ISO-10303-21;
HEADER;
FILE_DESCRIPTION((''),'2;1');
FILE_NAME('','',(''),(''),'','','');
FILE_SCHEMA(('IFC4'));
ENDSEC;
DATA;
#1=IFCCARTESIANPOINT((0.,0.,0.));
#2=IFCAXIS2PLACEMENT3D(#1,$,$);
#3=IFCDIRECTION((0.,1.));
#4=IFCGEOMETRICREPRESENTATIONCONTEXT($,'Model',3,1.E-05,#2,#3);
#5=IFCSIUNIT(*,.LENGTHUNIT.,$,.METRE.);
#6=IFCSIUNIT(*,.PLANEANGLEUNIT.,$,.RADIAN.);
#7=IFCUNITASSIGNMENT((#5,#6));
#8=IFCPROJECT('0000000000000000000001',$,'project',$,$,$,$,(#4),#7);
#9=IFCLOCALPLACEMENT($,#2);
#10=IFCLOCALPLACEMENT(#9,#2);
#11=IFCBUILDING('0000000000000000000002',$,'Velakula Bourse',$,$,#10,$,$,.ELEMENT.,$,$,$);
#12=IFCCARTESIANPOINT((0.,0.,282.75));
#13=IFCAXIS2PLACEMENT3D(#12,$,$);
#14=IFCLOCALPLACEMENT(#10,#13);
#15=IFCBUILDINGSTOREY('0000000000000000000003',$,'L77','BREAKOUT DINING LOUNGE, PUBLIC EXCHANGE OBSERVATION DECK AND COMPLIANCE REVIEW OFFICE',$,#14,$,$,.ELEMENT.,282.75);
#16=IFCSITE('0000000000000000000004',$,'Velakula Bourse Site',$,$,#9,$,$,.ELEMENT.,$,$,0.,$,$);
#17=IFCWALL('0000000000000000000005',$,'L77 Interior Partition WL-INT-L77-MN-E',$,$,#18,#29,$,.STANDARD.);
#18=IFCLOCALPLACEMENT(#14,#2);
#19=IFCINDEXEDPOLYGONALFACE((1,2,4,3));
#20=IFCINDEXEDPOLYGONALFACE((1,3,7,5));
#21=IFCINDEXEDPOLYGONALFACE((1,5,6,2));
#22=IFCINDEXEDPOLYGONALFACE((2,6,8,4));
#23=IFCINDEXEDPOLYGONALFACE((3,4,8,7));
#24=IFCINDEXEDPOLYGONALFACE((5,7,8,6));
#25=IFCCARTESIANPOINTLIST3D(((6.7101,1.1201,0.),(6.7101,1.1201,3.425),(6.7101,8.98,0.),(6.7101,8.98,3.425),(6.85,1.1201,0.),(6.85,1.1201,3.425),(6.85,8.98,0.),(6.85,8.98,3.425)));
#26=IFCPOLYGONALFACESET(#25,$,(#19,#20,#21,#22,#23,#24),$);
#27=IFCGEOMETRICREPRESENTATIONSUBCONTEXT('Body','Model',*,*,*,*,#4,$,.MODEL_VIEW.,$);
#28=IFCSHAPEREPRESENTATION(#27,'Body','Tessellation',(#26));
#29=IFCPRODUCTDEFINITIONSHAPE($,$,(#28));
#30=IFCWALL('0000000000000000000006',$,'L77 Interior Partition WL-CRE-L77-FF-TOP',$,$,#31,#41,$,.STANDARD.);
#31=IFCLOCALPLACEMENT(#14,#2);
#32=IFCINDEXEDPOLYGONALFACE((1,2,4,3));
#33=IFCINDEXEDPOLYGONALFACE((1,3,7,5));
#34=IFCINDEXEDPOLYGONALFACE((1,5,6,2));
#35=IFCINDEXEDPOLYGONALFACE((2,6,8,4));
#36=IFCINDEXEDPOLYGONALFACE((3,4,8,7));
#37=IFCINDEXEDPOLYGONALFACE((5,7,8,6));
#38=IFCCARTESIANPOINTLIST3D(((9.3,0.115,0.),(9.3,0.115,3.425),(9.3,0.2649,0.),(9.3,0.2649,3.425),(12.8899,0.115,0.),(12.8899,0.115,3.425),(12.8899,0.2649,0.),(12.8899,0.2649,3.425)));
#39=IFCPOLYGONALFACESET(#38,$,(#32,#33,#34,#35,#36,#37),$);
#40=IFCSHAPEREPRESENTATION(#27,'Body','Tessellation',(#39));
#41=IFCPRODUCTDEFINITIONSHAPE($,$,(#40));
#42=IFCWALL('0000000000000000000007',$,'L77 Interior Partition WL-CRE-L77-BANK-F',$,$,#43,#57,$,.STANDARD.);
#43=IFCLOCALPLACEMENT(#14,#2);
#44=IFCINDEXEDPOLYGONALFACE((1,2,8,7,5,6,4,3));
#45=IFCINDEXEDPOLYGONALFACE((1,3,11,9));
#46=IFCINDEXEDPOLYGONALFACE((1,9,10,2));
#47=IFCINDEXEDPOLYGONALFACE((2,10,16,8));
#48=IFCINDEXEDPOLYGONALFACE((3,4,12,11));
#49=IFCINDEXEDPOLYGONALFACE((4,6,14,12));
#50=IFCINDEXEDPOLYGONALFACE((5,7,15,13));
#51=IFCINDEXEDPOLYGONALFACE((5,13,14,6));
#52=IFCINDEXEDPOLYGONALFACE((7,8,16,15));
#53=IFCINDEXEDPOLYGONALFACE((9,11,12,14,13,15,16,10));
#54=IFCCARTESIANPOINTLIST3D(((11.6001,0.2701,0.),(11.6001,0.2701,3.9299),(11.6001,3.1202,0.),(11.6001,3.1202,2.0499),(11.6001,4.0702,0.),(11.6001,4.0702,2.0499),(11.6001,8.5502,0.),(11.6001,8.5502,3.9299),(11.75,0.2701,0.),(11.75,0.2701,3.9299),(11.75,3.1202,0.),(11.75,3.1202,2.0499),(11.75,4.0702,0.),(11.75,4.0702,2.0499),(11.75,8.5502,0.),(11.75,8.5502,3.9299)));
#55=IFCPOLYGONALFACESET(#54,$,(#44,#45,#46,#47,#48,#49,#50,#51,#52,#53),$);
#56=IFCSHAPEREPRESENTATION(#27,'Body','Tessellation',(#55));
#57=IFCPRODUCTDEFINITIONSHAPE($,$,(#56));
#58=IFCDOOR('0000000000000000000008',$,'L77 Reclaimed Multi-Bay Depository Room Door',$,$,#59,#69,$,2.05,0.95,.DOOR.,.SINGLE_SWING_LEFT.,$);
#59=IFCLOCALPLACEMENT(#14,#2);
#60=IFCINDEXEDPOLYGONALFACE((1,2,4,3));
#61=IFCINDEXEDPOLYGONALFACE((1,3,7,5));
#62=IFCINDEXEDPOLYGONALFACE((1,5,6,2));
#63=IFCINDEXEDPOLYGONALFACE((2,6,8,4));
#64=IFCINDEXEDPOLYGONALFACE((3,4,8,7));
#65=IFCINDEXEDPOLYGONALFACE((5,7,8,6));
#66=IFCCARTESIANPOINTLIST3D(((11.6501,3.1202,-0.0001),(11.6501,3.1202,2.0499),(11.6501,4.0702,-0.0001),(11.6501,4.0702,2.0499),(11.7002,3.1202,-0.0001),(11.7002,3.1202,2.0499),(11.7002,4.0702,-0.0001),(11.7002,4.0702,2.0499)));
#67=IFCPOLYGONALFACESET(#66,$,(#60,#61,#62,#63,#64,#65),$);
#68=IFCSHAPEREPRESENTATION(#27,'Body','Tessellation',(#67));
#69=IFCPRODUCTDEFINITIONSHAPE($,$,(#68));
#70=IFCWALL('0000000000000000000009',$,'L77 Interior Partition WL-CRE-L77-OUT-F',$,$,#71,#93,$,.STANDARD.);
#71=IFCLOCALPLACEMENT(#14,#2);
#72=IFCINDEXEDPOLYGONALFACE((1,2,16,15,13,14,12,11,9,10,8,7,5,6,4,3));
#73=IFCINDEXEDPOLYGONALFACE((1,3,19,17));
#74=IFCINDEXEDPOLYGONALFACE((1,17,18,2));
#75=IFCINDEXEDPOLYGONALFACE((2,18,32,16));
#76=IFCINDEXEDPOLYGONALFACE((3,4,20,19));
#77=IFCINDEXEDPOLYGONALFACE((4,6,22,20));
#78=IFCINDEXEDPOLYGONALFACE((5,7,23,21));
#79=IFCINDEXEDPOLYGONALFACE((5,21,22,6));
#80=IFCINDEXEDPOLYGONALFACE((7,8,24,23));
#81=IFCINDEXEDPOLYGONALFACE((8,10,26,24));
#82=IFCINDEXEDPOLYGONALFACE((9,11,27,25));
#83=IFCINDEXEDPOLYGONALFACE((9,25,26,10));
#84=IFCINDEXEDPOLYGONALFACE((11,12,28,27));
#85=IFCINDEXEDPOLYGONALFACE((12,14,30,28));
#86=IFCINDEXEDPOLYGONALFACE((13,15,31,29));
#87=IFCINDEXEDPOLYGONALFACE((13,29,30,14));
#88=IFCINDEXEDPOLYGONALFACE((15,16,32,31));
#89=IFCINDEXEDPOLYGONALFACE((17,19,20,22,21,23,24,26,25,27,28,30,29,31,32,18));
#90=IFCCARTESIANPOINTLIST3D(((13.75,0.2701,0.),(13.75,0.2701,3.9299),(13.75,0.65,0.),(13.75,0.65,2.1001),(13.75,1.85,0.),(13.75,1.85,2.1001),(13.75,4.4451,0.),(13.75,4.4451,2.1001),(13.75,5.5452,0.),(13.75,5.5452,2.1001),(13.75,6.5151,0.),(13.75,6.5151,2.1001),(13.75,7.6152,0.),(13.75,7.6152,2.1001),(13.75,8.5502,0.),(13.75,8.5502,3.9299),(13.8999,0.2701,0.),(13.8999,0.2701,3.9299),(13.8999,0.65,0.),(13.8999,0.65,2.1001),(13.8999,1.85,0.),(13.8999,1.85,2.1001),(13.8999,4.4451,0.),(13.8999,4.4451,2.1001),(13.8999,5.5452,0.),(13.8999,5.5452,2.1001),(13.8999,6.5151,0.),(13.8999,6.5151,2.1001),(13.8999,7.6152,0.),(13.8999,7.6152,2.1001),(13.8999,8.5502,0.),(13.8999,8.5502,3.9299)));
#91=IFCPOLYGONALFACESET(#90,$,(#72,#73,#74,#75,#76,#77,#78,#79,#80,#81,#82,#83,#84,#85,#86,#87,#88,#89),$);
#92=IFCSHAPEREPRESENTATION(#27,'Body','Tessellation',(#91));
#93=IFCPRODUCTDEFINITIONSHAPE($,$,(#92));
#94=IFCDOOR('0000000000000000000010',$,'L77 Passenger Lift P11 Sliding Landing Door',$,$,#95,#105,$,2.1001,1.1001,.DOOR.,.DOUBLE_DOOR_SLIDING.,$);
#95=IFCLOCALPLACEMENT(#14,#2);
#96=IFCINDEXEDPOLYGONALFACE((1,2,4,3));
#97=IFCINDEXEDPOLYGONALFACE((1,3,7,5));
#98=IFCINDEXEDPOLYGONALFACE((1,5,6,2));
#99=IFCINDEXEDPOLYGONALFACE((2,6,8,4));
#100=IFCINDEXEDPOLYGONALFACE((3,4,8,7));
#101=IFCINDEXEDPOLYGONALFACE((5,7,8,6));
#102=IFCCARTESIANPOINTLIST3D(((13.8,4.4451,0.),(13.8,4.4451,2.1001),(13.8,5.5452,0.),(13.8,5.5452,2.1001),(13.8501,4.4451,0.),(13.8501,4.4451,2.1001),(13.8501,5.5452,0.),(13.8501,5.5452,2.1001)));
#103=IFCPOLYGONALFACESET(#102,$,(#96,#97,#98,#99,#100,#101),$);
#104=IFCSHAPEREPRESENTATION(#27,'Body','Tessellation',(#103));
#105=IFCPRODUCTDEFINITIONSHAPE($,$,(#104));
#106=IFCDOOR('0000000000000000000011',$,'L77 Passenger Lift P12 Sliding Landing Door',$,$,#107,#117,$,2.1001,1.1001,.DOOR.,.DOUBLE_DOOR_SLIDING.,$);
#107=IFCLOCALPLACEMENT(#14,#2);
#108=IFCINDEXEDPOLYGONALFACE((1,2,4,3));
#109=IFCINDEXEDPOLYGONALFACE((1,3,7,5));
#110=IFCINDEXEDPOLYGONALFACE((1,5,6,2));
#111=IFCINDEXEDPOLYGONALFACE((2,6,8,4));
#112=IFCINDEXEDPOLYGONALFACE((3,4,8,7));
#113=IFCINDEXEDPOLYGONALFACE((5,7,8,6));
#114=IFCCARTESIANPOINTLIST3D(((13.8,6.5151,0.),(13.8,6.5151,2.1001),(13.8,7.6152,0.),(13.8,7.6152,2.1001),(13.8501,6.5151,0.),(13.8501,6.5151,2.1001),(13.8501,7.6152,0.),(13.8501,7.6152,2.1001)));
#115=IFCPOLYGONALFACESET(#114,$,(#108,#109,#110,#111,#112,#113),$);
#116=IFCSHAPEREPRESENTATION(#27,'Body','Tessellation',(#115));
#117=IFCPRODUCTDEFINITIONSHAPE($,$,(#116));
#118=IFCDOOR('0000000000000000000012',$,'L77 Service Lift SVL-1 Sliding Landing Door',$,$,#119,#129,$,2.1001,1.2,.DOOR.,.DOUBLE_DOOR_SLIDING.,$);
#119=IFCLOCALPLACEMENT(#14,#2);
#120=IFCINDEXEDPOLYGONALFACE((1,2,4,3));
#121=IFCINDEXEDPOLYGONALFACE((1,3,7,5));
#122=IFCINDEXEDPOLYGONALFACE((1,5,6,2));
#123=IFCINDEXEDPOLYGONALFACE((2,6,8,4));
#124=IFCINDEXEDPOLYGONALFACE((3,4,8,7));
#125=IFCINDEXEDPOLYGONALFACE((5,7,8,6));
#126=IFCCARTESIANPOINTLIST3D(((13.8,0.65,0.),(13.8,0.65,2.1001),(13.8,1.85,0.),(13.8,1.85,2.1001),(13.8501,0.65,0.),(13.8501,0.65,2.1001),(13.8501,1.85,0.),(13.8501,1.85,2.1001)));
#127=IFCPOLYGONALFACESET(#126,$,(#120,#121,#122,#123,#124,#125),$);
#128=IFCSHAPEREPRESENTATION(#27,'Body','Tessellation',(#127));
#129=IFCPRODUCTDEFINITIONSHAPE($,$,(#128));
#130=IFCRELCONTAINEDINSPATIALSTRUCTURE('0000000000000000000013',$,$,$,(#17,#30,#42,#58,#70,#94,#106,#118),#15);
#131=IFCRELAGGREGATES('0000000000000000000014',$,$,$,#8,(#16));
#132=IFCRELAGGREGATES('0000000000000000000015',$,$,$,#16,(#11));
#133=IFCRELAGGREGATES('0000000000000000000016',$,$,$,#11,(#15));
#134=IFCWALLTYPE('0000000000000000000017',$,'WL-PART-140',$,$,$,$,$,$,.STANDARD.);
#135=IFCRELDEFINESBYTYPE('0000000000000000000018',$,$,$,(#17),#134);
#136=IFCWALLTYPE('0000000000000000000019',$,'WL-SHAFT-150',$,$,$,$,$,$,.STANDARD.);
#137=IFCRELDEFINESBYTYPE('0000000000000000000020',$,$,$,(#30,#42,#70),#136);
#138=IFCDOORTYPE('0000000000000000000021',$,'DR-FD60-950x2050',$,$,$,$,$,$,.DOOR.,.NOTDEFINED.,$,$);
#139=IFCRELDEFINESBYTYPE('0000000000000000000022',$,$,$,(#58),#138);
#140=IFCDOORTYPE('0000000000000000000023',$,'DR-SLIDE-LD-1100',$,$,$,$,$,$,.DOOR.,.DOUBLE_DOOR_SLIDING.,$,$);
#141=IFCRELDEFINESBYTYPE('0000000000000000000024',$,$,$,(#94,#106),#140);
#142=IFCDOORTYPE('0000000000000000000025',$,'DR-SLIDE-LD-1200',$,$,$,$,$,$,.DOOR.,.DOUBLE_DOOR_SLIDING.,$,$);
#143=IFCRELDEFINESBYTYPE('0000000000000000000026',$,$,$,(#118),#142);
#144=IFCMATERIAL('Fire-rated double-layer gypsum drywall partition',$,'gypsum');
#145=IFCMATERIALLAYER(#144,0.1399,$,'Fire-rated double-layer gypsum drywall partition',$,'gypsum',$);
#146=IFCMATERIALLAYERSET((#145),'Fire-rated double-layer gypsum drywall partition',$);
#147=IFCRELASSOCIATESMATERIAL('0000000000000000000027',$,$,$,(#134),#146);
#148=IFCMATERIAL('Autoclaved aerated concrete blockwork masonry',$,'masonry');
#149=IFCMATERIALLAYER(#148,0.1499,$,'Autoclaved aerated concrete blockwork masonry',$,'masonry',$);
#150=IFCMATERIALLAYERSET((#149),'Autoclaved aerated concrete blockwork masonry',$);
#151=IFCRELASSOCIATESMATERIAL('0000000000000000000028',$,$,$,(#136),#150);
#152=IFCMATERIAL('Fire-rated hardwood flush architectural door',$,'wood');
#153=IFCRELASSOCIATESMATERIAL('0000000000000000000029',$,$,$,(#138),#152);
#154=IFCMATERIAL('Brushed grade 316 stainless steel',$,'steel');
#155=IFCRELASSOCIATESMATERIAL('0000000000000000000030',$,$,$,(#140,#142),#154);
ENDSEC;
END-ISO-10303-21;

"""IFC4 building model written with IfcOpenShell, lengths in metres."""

from ifc_helpers import new_model, si_unit, direction, frame, frame_2d, origin, place, context, subcontext, project, spatial, rectangle, extrude, material, layer, layer_set, type_object, element, fill, save


model = new_model("IFC4")

# Units and contexts
model_context = context("Model", 3, precision=1e-05, world=origin(), true_north=direction((0.0, 1.0)))
body_context = subcontext(model_context, "Body", "Model", "MODEL_VIEW")
ifc_project = project(units=[si_unit("LENGTHUNIT", "METRE"), si_unit("PLANEANGLEUNIT", "RADIAN")], contexts=[model_context])

# Site, building, storey
site_placement = place(None, origin())
site = spatial("IfcSite", under=ifc_project, at=site_placement, Name="Velakula Bourse Site", CompositionType="ELEMENT", RefElevation=0.0)
building_placement = place(site_placement, origin())
building = spatial("IfcBuilding", under=site, at=building_placement, Name="Velakula Bourse", CompositionType="ELEMENT")
storey_placement = place(building_placement, frame((0.0, 0.0, 282.75)))
storey = spatial("IfcBuildingStorey", under=building, at=storey_placement, Name="L77", Description="BREAKOUT DINING LOUNGE, PUBLIC EXCHANGE OBSERVATION DECK AND COMPLIANCE REVIEW OFFICE", CompositionType="ELEMENT", Elevation=282.75)

# Shared definitions
ifc_material_1 = material(Name="Fire-rated hardwood flush architectural door", Category="wood")
ifc_material_2 = material(Name="Fire-rated double-layer gypsum drywall partition", Category="gypsum")

# Walls
ifc_layer_1 = layer(ifc_material_2, 0.1399, Name="Fire-rated double-layer gypsum drywall partition", Category="gypsum")
ifc_layer_set_1 = layer_set([ifc_layer_1], Name="Fire-rated double-layer gypsum drywall partition")
wall_type_1 = type_object("IfcWallType", Name="WL-PART-140", PredefinedType="STANDARD", material=ifc_layer_set_1)
wall_1_placement = place(storey_placement, frame((6.78, 1.1201, 0.0), z_axis=(0.0, 0.0, 1.0), x_axis=(0.0, 1.0, 0.0)))
element("IfcWall", 1, at=wall_1_placement, inside=storey, type_object=wall_type_1, Name="L77 Interior Partition WL-INT-L77-MN-E", PredefinedType="STANDARD", context=body_context, shape_type="SweptSolid", body=[
    extrude(rectangle(XDim=7.8599, YDim=0.1399, at=frame_2d((3.9299, 0.0))), origin(), (0.0, 0.0, 1.0), 3.425),
])
ifc_material_3 = material(Name="Autoclaved aerated concrete blockwork masonry", Category="masonry")
ifc_layer_2 = layer(ifc_material_3, 0.1499, Name="Autoclaved aerated concrete blockwork masonry", Category="masonry")
ifc_layer_set_2 = layer_set([ifc_layer_2], Name="Autoclaved aerated concrete blockwork masonry")
wall_type_2 = type_object("IfcWallType", Name="WL-SHAFT-150", PredefinedType="STANDARD", material=ifc_layer_set_2)
wall_2_placement = place(storey_placement, frame((9.3, 0.1899, 0.0), z_axis=(0.0, 0.0, 1.0), x_axis=(1.0, 0.0, 0.0)))
element("IfcWall", 2, at=wall_2_placement, inside=storey, type_object=wall_type_2, Name="L77 Interior Partition WL-CRE-L77-FF-TOP", PredefinedType="STANDARD", context=body_context, shape_type="SweptSolid", body=[
    extrude(rectangle(XDim=3.5898, YDim=0.1499, at=frame_2d((1.7949, 0.0))), origin(), (0.0, 0.0, 1.0), 3.425),
])

# Wall, opening, door
wall_3_placement = place(storey_placement, frame((11.675, 0.27, 0.0), z_axis=(0.0, 0.0, 1.0), x_axis=(0.0, 1.0, 0.0)))
wall_3 = element("IfcWall", 3, at=wall_3_placement, inside=storey, type_object=wall_type_2, Name="L77 Interior Partition WL-CRE-L77-BANK-F", PredefinedType="STANDARD", context=body_context, shape_type="SweptSolid", body=[
    extrude(rectangle(XDim=8.28, YDim=0.1499, at=frame_2d((4.1401, 0.0))), origin(), (0.0, 0.0, 1.0), 3.9299),
])
opening_1_placement = place(wall_3_placement, frame((2.8501, 0.0, 0.0)))
opening_1 = element("IfcOpeningElement", 4, at=opening_1_placement, cuts=wall_3, PredefinedType="OPENING", context=body_context, shape_type="SweptSolid", body=[
    extrude(rectangle(XDim=0.95, YDim=2.05, at=frame_2d((0.4751, 1.0249))), frame((0.0, 0.085, 0.0), z_axis=(0.0, -1.0, 0.0), x_axis=(1.0, 0.0, 0.0)), (0.0, 0.0, 1.0), 0.1699),
])
door_type_1 = type_object("IfcDoorType", Name="DR-FD60-950x2050", OperationType="NOTDEFINED", PredefinedType="DOOR", material=ifc_material_1)
door_1_placement = place(opening_1_placement, origin())
door_1 = element("IfcDoor", 5, at=door_1_placement, inside=storey, type_object=door_type_1, Name="L77 Reclaimed Multi-Bay Depository Room Door", OperationType="SINGLE_SWING_LEFT", OverallHeight=2.05, OverallWidth=0.95, PredefinedType="DOOR", context=body_context, shape_type="SweptSolid", body=[
    extrude(rectangle(XDim=0.95, YDim=2.05, at=frame_2d((0.4751, 1.0249))), frame((0.0, 0.0249, 0.0), z_axis=(0.0, -1.0, 0.0), x_axis=(1.0, 0.0, 0.0)), (0.0, 0.0, 1.0), 0.05),
])
fill(opening_1, door_1)

# Wall, openings, doors
wall_4_placement = place(storey_placement, frame((13.825, 0.27, 0.0), z_axis=(0.0, 0.0, 1.0), x_axis=(0.0, 1.0, 0.0)))
wall_4 = element("IfcWall", 6, at=wall_4_placement, inside=storey, type_object=wall_type_2, Name="L77 Interior Partition WL-CRE-L77-OUT-F", PredefinedType="STANDARD", context=body_context, shape_type="SweptSolid", body=[
    extrude(rectangle(XDim=8.28, YDim=0.1499, at=frame_2d((4.1401, 0.0))), origin(), (0.0, 0.0, 1.0), 3.9299),
])
opening_2_placement = place(wall_4_placement, frame((4.175, 0.0, 0.0)))
opening_2 = element("IfcOpeningElement", 7, at=opening_2_placement, cuts=wall_4, PredefinedType="OPENING", context=body_context, shape_type="SweptSolid", body=[
    extrude(rectangle(XDim=1.1001, YDim=2.1001, at=frame_2d((0.55, 1.05))), frame((0.0, 0.085, 0.0), z_axis=(0.0, -1.0, 0.0), x_axis=(1.0, 0.0, 0.0)), (0.0, 0.0, 1.0), 0.1699),
])
opening_3_placement = place(wall_4_placement, frame((6.2451, 0.0, 0.0)))
opening_3 = element("IfcOpeningElement", 8, at=opening_3_placement, cuts=wall_4, PredefinedType="OPENING", context=body_context, shape_type="SweptSolid", body=[
    extrude(rectangle(XDim=1.1001, YDim=2.1001, at=frame_2d((0.55, 1.05))), frame((0.0, 0.085, 0.0), z_axis=(0.0, -1.0, 0.0), x_axis=(1.0, 0.0, 0.0)), (0.0, 0.0, 1.0), 0.1699),
])
opening_4_placement = place(wall_4_placement, frame((0.3799, 0.0, 0.0)))
opening_4 = element("IfcOpeningElement", 9, at=opening_4_placement, cuts=wall_4, PredefinedType="OPENING", context=body_context, shape_type="SweptSolid", body=[
    extrude(rectangle(XDim=1.2, YDim=2.1001, at=frame_2d((0.6001, 1.05))), frame((0.0, 0.085, 0.0), z_axis=(0.0, -1.0, 0.0), x_axis=(1.0, 0.0, 0.0)), (0.0, 0.0, 1.0), 0.1699),
])
ifc_material_4 = material(Name="Brushed grade 316 stainless steel", Category="steel")
door_type_2 = type_object("IfcDoorType", Name="DR-SLIDE-LD-1100", OperationType="DOUBLE_DOOR_SLIDING", PredefinedType="DOOR", material=ifc_material_4)
door_2_placement = place(opening_2_placement, origin())
door_2 = element("IfcDoor", 10, at=door_2_placement, inside=storey, type_object=door_type_2, Name="L77 Passenger Lift P11 Sliding Landing Door", OperationType="DOUBLE_DOOR_SLIDING", OverallHeight=2.1001, OverallWidth=1.1001, PredefinedType="DOOR", context=body_context, shape_type="SweptSolid", body=[
    extrude(rectangle(XDim=1.1001, YDim=2.1001, at=frame_2d((0.55, 1.05))), frame((0.0, 0.0249, 0.0), z_axis=(0.0, -1.0, 0.0), x_axis=(1.0, 0.0, 0.0)), (0.0, 0.0, 1.0), 0.05),
])
fill(opening_2, door_2)
door_3_placement = place(opening_3_placement, origin())
door_3 = element("IfcDoor", 11, at=door_3_placement, inside=storey, type_object=door_type_2, Name="L77 Passenger Lift P12 Sliding Landing Door", OperationType="DOUBLE_DOOR_SLIDING", OverallHeight=2.1001, OverallWidth=1.1001, PredefinedType="DOOR", context=body_context, shape_type="SweptSolid", body=[
    extrude(rectangle(XDim=1.1001, YDim=2.1001, at=frame_2d((0.55, 1.05))), frame((0.0, 0.0249, 0.0), z_axis=(0.0, -1.0, 0.0), x_axis=(1.0, 0.0, 0.0)), (0.0, 0.0, 1.0), 0.05),
])
fill(opening_3, door_3)
door_type_3 = type_object("IfcDoorType", Name="DR-SLIDE-LD-1200", OperationType="DOUBLE_DOOR_SLIDING", PredefinedType="DOOR", material=ifc_material_4)
door_4_placement = place(opening_4_placement, origin())
door_4 = element("IfcDoor", 12, at=door_4_placement, inside=storey, type_object=door_type_3, Name="L77 Service Lift SVL-1 Sliding Landing Door", OperationType="DOUBLE_DOOR_SLIDING", OverallHeight=2.1001, OverallWidth=1.2, PredefinedType="DOOR", context=body_context, shape_type="SweptSolid", body=[
    extrude(rectangle(XDim=1.2, YDim=2.1001, at=frame_2d((0.6001, 1.05))), frame((0.0, 0.0249, 0.0), z_axis=(0.0, -1.0, 0.0), x_axis=(1.0, 0.0, 0.0)), (0.0, 0.0, 1.0), 0.05),
])
fill(opening_4, door_4)

save(model, "model.ifc")
